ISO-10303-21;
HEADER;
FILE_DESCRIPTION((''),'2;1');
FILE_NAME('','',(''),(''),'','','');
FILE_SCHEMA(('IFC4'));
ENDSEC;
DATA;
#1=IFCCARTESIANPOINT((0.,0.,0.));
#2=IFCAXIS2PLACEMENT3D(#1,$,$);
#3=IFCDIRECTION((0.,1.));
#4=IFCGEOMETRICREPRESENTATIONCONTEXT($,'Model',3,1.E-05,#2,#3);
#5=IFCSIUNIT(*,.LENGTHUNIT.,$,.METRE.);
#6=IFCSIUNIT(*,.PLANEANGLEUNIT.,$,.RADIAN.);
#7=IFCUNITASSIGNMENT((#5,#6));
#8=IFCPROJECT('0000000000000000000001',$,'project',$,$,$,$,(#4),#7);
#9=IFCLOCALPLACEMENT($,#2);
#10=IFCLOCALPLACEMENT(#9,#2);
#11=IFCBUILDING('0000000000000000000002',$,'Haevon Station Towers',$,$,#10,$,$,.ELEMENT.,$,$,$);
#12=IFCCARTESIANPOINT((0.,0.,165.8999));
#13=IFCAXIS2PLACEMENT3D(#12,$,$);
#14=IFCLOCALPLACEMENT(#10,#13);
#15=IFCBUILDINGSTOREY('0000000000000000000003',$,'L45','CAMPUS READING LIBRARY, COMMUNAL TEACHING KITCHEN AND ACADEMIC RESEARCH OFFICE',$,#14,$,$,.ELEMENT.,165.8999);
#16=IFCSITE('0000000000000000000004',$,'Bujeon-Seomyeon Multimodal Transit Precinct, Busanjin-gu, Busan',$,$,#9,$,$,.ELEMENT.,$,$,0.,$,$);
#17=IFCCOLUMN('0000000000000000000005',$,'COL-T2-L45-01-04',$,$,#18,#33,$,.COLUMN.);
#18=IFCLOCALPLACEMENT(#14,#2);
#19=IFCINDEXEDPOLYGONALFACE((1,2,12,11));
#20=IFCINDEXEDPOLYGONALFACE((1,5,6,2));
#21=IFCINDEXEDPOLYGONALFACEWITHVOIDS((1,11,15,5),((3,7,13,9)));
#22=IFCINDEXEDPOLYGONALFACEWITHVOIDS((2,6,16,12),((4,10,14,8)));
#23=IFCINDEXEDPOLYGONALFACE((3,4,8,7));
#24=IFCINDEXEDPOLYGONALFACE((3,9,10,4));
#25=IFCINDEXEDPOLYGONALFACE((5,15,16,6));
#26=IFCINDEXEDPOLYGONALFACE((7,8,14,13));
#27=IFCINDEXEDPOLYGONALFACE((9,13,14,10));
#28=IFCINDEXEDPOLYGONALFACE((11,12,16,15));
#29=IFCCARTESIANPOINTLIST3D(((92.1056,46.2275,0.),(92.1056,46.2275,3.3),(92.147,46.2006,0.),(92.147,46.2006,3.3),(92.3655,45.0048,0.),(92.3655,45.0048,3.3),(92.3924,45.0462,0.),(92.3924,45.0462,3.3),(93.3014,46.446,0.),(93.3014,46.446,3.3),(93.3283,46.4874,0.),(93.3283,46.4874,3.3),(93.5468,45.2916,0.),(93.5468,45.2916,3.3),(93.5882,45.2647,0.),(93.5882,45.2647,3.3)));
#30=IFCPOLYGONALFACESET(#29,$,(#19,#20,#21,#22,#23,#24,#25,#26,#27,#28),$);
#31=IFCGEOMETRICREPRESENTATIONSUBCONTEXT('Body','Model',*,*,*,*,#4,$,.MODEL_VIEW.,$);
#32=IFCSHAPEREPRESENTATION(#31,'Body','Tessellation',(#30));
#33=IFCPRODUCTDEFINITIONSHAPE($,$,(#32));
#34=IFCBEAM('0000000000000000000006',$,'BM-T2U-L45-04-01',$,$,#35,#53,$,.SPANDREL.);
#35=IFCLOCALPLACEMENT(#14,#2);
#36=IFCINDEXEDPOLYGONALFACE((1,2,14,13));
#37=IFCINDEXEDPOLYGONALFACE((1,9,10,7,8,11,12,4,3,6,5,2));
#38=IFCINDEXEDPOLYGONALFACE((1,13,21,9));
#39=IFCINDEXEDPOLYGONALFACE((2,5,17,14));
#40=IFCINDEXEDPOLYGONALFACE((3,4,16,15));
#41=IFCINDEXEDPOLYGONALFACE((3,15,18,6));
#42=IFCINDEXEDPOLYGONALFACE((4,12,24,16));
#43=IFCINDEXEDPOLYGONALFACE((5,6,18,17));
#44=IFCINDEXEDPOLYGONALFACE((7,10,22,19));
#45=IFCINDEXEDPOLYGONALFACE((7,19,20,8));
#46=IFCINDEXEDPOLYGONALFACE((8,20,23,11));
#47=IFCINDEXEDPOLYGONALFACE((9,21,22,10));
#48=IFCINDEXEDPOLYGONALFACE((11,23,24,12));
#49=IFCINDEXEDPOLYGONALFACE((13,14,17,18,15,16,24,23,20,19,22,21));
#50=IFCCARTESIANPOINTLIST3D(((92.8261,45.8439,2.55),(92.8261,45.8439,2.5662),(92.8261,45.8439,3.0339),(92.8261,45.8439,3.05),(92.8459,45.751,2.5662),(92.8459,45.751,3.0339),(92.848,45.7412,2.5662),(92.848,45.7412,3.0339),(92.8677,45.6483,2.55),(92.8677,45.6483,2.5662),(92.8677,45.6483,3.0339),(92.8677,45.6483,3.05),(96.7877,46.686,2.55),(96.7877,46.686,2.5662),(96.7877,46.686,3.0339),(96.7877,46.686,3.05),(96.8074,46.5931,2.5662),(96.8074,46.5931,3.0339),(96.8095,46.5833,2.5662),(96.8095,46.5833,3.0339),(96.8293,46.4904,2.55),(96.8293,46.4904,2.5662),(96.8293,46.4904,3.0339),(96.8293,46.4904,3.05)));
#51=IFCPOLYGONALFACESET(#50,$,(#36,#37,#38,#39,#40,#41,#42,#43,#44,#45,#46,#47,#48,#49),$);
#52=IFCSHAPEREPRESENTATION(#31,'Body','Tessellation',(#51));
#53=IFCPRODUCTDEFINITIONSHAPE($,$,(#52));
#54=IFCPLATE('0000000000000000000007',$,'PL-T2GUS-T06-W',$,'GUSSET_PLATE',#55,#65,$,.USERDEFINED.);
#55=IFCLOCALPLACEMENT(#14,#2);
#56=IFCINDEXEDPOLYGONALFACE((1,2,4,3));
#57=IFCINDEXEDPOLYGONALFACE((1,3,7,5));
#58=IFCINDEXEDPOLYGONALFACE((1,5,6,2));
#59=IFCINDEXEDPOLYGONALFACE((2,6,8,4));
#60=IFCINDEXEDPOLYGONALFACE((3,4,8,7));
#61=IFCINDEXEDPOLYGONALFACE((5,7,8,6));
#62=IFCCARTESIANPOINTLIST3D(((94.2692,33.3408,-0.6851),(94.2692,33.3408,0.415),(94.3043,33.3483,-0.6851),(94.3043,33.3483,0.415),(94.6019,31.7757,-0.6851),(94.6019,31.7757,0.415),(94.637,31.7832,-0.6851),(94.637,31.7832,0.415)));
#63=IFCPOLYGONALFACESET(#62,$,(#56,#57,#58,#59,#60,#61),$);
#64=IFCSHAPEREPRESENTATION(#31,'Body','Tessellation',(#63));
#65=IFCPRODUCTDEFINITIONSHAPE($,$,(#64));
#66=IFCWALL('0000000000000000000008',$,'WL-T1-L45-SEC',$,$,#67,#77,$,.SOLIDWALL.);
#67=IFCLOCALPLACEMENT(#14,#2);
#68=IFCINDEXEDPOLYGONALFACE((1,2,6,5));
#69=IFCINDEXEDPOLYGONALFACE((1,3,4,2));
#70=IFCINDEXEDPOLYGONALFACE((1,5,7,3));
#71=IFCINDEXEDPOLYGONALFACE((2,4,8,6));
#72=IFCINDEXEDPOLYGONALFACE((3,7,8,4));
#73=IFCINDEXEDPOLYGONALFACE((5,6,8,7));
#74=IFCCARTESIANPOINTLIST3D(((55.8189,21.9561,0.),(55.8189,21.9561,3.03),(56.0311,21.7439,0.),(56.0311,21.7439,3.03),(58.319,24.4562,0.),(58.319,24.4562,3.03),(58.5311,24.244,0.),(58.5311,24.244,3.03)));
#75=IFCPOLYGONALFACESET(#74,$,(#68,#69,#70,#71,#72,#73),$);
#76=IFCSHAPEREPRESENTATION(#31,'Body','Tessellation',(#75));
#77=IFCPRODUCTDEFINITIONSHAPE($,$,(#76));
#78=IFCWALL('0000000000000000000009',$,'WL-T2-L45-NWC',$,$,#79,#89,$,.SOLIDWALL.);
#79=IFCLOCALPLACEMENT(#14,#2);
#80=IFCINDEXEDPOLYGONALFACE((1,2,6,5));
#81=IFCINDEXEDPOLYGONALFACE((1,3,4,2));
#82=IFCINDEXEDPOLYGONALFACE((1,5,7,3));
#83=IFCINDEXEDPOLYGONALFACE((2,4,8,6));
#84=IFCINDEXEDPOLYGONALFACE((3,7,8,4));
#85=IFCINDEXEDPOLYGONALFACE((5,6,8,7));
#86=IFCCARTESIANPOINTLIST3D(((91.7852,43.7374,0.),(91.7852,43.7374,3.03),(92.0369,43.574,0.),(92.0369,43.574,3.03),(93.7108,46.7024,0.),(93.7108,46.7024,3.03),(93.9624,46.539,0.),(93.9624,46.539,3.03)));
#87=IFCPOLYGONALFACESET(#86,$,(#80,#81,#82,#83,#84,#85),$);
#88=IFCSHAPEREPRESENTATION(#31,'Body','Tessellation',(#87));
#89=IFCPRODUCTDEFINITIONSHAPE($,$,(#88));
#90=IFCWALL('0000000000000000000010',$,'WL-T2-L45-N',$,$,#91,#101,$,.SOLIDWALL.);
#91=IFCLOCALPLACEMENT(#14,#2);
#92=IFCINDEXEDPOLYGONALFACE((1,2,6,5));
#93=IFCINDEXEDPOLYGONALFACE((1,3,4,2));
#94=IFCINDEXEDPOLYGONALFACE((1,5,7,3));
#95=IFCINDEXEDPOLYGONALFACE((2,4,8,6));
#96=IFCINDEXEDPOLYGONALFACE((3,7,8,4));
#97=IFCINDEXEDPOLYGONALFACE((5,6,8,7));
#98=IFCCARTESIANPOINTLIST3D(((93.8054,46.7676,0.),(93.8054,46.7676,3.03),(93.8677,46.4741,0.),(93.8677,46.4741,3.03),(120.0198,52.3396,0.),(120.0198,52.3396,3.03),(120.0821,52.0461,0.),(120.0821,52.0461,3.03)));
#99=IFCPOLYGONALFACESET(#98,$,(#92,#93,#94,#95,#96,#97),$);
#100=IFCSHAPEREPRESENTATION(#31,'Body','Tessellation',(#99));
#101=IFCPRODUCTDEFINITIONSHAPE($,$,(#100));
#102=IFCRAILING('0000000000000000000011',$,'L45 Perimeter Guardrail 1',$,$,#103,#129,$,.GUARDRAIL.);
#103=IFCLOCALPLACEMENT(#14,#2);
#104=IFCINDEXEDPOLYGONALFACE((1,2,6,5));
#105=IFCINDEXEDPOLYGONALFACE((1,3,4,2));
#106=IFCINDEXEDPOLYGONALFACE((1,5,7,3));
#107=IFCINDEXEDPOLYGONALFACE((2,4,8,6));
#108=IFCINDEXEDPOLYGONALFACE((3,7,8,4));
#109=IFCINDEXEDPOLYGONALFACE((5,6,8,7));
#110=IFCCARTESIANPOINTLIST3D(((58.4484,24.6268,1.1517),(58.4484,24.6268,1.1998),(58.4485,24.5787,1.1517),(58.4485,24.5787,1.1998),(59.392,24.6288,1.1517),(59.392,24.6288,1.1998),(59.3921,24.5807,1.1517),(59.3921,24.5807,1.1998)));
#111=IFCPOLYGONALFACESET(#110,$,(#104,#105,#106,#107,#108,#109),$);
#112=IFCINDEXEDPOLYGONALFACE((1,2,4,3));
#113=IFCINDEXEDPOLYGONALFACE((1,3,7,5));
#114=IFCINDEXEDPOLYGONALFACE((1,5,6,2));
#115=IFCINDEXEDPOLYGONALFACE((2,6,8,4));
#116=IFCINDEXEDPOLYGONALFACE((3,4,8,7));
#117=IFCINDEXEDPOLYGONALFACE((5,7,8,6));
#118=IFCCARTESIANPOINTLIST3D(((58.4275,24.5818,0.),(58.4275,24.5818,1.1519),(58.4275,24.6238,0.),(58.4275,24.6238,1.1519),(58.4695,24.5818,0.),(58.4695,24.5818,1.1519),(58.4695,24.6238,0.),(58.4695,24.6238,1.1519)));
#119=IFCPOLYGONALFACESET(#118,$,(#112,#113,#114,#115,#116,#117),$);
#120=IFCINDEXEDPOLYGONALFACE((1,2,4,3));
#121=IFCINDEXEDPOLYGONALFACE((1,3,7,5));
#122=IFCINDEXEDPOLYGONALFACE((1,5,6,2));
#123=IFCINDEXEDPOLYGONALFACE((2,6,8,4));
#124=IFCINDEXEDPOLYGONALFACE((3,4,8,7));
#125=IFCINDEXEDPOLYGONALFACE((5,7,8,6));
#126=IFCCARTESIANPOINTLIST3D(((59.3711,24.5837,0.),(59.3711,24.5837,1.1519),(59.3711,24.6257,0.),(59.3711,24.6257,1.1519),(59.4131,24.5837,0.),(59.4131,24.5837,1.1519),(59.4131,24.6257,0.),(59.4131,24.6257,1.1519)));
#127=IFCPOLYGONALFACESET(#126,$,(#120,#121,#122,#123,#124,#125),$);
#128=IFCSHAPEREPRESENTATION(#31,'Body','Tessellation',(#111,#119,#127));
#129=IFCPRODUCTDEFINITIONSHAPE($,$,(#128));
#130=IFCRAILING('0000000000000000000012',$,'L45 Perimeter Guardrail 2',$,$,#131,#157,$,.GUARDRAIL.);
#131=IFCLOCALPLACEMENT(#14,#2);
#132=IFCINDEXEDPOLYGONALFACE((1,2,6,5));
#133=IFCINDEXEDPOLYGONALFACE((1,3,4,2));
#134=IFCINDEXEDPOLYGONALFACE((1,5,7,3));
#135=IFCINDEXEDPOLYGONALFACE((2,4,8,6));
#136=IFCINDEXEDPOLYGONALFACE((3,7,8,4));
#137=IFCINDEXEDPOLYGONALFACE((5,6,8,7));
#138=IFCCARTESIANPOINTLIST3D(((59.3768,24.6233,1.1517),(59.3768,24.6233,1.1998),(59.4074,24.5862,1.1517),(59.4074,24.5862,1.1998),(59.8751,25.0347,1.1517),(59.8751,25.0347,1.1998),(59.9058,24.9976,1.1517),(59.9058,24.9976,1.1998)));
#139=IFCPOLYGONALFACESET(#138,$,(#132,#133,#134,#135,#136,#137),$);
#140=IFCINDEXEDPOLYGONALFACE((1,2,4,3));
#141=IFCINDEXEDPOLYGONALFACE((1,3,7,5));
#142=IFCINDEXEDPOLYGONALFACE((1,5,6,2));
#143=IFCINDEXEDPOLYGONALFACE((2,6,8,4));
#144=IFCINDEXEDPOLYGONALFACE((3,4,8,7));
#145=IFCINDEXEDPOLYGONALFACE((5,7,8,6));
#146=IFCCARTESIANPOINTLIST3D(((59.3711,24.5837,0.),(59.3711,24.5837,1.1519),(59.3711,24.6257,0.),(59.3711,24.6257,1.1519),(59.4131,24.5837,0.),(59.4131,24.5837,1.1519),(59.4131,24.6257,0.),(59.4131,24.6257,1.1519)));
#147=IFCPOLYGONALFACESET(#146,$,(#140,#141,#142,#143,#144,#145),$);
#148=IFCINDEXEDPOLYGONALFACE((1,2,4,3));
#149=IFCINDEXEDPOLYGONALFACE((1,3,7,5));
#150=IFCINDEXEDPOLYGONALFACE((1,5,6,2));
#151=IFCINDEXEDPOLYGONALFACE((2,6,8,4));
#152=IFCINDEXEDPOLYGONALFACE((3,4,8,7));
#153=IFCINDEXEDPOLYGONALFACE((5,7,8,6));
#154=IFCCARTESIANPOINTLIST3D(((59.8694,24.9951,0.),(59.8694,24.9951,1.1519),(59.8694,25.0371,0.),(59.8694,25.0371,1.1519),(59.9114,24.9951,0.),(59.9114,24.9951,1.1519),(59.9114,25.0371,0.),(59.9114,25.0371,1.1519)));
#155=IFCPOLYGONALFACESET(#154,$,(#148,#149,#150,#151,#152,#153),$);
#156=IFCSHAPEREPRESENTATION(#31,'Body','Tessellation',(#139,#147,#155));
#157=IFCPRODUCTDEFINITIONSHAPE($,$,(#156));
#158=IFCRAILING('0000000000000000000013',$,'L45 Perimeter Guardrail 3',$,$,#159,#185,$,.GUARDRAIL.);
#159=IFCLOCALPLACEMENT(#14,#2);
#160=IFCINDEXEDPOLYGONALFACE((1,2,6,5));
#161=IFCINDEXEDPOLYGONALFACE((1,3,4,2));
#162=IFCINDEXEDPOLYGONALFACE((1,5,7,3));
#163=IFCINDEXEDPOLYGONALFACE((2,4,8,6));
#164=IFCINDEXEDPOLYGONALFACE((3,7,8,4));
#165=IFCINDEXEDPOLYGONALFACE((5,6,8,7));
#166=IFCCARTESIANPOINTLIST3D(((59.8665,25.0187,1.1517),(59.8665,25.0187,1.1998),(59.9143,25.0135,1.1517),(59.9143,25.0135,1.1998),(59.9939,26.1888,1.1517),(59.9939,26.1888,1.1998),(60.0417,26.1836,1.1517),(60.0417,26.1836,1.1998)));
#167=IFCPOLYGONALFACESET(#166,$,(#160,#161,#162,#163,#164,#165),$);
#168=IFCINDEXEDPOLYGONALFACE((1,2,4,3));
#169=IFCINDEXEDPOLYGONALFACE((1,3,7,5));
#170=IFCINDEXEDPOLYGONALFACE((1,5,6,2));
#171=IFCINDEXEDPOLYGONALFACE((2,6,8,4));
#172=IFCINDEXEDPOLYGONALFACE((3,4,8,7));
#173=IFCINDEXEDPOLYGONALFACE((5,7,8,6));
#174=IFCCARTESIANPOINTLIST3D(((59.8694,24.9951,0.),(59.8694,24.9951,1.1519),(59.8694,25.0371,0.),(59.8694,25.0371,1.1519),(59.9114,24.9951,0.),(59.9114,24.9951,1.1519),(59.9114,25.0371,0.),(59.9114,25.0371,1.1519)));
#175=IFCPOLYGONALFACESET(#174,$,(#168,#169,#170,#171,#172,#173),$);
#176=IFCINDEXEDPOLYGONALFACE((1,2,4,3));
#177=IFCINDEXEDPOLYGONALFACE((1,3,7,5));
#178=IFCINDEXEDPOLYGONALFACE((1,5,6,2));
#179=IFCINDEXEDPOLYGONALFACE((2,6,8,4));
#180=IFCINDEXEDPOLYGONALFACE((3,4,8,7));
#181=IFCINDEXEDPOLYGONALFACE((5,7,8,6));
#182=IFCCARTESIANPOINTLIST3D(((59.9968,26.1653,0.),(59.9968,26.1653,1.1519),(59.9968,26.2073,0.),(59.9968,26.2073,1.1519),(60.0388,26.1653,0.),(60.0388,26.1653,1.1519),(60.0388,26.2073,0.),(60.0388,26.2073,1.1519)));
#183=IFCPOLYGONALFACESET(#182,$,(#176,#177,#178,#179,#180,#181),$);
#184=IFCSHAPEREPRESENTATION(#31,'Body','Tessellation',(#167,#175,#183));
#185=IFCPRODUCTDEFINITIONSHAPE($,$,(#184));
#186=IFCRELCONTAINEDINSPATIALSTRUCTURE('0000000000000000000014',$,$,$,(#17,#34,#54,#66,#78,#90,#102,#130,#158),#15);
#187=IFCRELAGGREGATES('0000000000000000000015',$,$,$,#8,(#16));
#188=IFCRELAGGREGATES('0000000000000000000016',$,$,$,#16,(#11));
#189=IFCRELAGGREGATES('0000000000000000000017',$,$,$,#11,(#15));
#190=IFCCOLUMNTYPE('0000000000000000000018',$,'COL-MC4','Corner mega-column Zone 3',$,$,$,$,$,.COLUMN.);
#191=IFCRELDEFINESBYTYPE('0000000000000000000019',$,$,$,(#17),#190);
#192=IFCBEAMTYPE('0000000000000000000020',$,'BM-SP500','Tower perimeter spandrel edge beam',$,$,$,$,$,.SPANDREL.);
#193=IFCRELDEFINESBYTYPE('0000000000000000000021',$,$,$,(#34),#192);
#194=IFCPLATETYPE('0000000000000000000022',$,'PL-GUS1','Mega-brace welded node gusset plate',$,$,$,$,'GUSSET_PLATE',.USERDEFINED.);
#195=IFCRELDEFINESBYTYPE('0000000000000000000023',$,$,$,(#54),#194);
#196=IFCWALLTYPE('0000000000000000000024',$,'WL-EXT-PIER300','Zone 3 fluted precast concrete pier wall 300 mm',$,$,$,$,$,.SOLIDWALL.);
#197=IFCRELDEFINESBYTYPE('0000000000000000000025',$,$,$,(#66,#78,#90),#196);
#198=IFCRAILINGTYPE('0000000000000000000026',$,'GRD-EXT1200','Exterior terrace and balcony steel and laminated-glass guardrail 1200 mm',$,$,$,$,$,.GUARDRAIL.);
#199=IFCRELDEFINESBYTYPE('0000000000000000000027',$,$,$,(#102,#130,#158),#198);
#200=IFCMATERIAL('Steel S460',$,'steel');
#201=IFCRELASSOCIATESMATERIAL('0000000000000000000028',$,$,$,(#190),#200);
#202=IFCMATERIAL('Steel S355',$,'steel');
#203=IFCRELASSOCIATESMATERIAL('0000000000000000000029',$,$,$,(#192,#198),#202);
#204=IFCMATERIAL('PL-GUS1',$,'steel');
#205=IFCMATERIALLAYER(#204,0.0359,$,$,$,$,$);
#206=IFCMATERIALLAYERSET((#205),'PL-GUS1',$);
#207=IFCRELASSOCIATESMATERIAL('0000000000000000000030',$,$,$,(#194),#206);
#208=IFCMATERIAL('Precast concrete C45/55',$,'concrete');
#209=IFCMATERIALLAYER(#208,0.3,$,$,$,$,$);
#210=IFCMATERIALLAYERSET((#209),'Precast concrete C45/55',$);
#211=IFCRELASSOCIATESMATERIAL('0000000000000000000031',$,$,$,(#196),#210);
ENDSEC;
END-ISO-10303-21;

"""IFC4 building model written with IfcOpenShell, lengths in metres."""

from ifc_helpers import new_model, si_unit, direction, frame, frame_2d, origin, origin_2d, place, context, subcontext, project, spatial, rectangle, hollow_rectangle, i_section, extrude, material, layer, layer_set, material_profile, profile_set, type_object, element, save


model = new_model("IFC4")

# Units and contexts
model_context = context("Model", 3, precision=1e-05, world=origin(), true_north=direction((0.0, 1.0)))
body_context = subcontext(model_context, "Body", "Model", "MODEL_VIEW")
ifc_project = project(units=[si_unit("LENGTHUNIT", "METRE"), si_unit("PLANEANGLEUNIT", "RADIAN")], contexts=[model_context])

# Site, building, storey
site_placement = place(None, origin())
site = spatial("IfcSite", under=ifc_project, at=site_placement, Name="Bujeon-Seomyeon Multimodal Transit Precinct, Busanjin-gu, Busan", CompositionType="ELEMENT", RefElevation=0.0)
building_placement = place(site_placement, origin())
building = spatial("IfcBuilding", under=site, at=building_placement, Name="Haevon Station Towers", CompositionType="ELEMENT")
storey_placement = place(building_placement, frame((0.0, 0.0, 165.8999)))
storey = spatial("IfcBuildingStorey", under=building, at=storey_placement, Name="L45", Description="CAMPUS READING LIBRARY, COMMUNAL TEACHING KITCHEN AND ACADEMIC RESEARCH OFFICE", CompositionType="ELEMENT", Elevation=165.8999)

# Column
ifc_material_1 = material(Name="Steel S460", Category="steel")
ifc_material_profile_1 = material_profile(ifc_material_1, hollow_rectangle(XDim=1.25, YDim=1.25, WallThickness=0.0349, at=origin_2d()), Name="BOX-1250x1250x35")
ifc_profile_set_1 = profile_set([ifc_material_profile_1], Name="Steel S460")
column_type = type_object("IfcColumnType", Name="COL-MC4", Description="Corner mega-column Zone 3", PredefinedType="COLUMN", material=ifc_profile_set_1)
column_placement = place(storey_placement, frame((92.8469, 45.7461, 0.0), z_axis=(0.0, 0.0, 1.0), x_axis=(0.978148, 0.207912, 0.0)))
element("IfcColumn", 1, at=column_placement, inside=storey, type_object=column_type, Name="COL-T2-L45-01-04", PredefinedType="COLUMN", context=body_context, shape_type="SweptSolid", body=[
    extrude(hollow_rectangle(XDim=1.25, YDim=1.25, WallThickness=0.0349, at=origin_2d()), origin(), (0.0, 0.0, 1.0), 3.3),
])

# Beam
ifc_material_2 = material(Name="Steel S355", Category="steel")
ifc_material_profile_2 = material_profile(ifc_material_2, i_section(OverallWidth=0.2, OverallDepth=0.5, WebThickness=0.01, FlangeThickness=0.0161, at=origin_2d()), Name="H-500x200x10x16")
ifc_profile_set_2 = profile_set([ifc_material_profile_2], Name="Steel S355")
beam_type = type_object("IfcBeamType", Name="BM-SP500", Description="Tower perimeter spandrel edge beam", PredefinedType="SPANDREL", material=ifc_profile_set_2)
beam_placement = place(storey_placement, frame((92.8469, 45.7461, 2.8), z_axis=(0.978147, 0.207915, 0.0), x_axis=(-0.207915, 0.978147, 0.0)))
element("IfcBeam", 2, at=beam_placement, inside=storey, type_object=beam_type, Name="BM-T2U-L45-04-01", PredefinedType="SPANDREL", context=body_context, shape_type="SweptSolid", body=[
    extrude(i_section(OverallWidth=0.2, OverallDepth=0.5, WebThickness=0.01, FlangeThickness=0.0161, at=origin_2d()), origin(), (0.0, 0.0, 1.0), 4.05),
])

# Plate
ifc_material_3 = material(Name="PL-GUS1", Category="steel")
ifc_layer_1 = layer(ifc_material_3, 0.0359)
ifc_layer_set_1 = layer_set([ifc_layer_1], Name="PL-GUS1")
plate_type = type_object("IfcPlateType", Name="PL-GUS1", Description="Mega-brace welded node gusset plate", ElementType="GUSSET_PLATE", PredefinedType="USERDEFINED", material=ifc_layer_set_1)
plate_placement = place(storey_placement, frame((94.4531, 32.562, -0.6851), z_axis=(0.0, 0.0, 1.0), x_axis=(-0.207912, 0.978148, 0.0)))
element("IfcPlate", 3, at=plate_placement, inside=storey, type_object=plate_type, Name="PL-T2GUS-T06-W", ObjectType="GUSSET_PLATE", PredefinedType="USERDEFINED", context=body_context, shape_type="SweptSolid", body=[
    extrude(rectangle(XDim=1.6001, YDim=0.0359, at=origin_2d()), origin(), (0.0, 0.0, 1.0), 1.1001),
])

# Walls
ifc_material_4 = material(Name="Precast concrete C45/55", Category="concrete")
ifc_layer_2 = layer(ifc_material_4, 0.3)
ifc_layer_set_2 = layer_set([ifc_layer_2], Name="Precast concrete C45/55")
wall_type = type_object("IfcWallType", Name="WL-EXT-PIER300", Description="Zone 3 fluted precast concrete pier wall 300 mm", PredefinedType="SOLIDWALL", material=ifc_layer_set_2)
wall_1_placement = place(storey_placement, frame((58.425, 24.3501, 0.0), z_axis=(0.0, 0.0, 1.0), x_axis=(-0.707107, -0.707107, 0.0)))
element("IfcWall", 4, at=wall_1_placement, inside=storey, type_object=wall_type, Name="WL-T1-L45-SEC", PredefinedType="SOLIDWALL", context=body_context, shape_type="SweptSolid", body=[
    extrude(rectangle(XDim=3.5356, YDim=0.3, at=frame_2d((1.7678, 0.0))), origin(), (0.0, 0.0, 1.0), 3.03),
])
wall_2_placement = place(storey_placement, frame((91.9111, 43.6558, 0.0), z_axis=(0.0, 0.0, 1.0), x_axis=(0.544636, 0.838672, 0.0)))
element("IfcWall", 5, at=wall_2_placement, inside=storey, type_object=wall_type, Name="WL-T2-L45-NWC", PredefinedType="SOLIDWALL", context=body_context, shape_type="SweptSolid", body=[
    extrude(rectangle(XDim=3.5354, YDim=0.3, at=frame_2d((1.7676, 0.0))), origin(), (0.0, 0.0, 1.0), 3.03),
])
wall_3_placement = place(storey_placement, frame((93.8367, 46.6208, 0.0), z_axis=(0.0, 0.0, 1.0), x_axis=(0.978148, 0.207911, 0.0)))
element("IfcWall", 6, at=wall_3_placement, inside=storey, type_object=wall_type, Name="WL-T2-L45-N", PredefinedType="SOLIDWALL", context=body_context, shape_type="SweptSolid", body=[
    extrude(rectangle(XDim=26.8, YDim=0.3, at=frame_2d((13.3999, 0.0))), origin(), (0.0, 0.0, 1.0), 3.03),
])

# Railings
railing_type = type_object("IfcRailingType", Name="GRD-EXT1200", Description="Exterior terrace and balcony steel and laminated-glass guardrail 1200 mm", PredefinedType="GUARDRAIL", material=ifc_material_2)
railing_1_placement = place(storey_placement, frame((58.4485, 24.6028, 0.0)))
element("IfcRailing", 7, at=railing_1_placement, inside=storey, type_object=railing_type, Name="L45 Perimeter Guardrail 1", PredefinedType="GUARDRAIL", context=body_context, shape_type="SweptSolid", body=[
    extrude(rectangle(XDim=0.0481, YDim=0.0481, at=origin_2d()), frame((0.0, 0.0, 1.1758), z_axis=(0.999998, 0.00207, 0.0), x_axis=(-0.00207, 0.999998, 0.0)), (0.0, 0.0, 1.0), 0.9436),
    extrude(rectangle(XDim=0.042, YDim=0.042, at=origin_2d()), origin(), (0.0, 0.0, 1.0), 1.1519),
    extrude(rectangle(XDim=0.042, YDim=0.042, at=origin_2d()), frame((0.9436, 0.002, 0.0)), (0.0, 0.0, 1.0), 1.1519),
])
railing_2_placement = place(storey_placement, frame((59.3921, 24.6047, 0.0)))
element("IfcRailing", 8, at=railing_2_placement, inside=storey, type_object=railing_type, Name="L45 Perimeter Guardrail 2", PredefinedType="GUARDRAIL", context=body_context, shape_type="SweptSolid", body=[
    extrude(rectangle(XDim=0.0481, YDim=0.0481, at=origin_2d()), frame((0.0, 0.0, 1.1758), z_axis=(0.771155, 0.636647, 0.0), x_axis=(-0.636647, 0.771155, 0.0)), (0.0, 0.0, 1.0), 0.6462),
    extrude(rectangle(XDim=0.042, YDim=0.042, at=origin_2d()), origin(), (0.0, 0.0, 1.0), 1.1519),
    extrude(rectangle(XDim=0.042, YDim=0.042, at=origin_2d()), frame((0.4983, 0.4114, 0.0)), (0.0, 0.0, 1.0), 1.1519),
])
railing_3_placement = place(storey_placement, frame((59.8904, 25.0161, 0.0)))
element("IfcRailing", 9, at=railing_3_placement, inside=storey, type_object=railing_type, Name="L45 Perimeter Guardrail 3", PredefinedType="GUARDRAIL", context=body_context, shape_type="SweptSolid", body=[
    extrude(rectangle(XDim=0.0481, YDim=0.0481, at=origin_2d()), frame((0.0, 0.0, 1.1758), z_axis=(0.108269, 0.994122, 0.0), x_axis=(-0.994122, 0.108269, 0.0)), (0.0, 0.0, 1.0), 1.177),
    extrude(rectangle(XDim=0.042, YDim=0.042, at=origin_2d()), origin(), (0.0, 0.0, 1.0), 1.1519),
    extrude(rectangle(XDim=0.042, YDim=0.042, at=origin_2d()), frame((0.1274, 1.1702, 0.0)), (0.0, 0.0, 1.0), 1.1519),
])

save(model, "model.ifc")
